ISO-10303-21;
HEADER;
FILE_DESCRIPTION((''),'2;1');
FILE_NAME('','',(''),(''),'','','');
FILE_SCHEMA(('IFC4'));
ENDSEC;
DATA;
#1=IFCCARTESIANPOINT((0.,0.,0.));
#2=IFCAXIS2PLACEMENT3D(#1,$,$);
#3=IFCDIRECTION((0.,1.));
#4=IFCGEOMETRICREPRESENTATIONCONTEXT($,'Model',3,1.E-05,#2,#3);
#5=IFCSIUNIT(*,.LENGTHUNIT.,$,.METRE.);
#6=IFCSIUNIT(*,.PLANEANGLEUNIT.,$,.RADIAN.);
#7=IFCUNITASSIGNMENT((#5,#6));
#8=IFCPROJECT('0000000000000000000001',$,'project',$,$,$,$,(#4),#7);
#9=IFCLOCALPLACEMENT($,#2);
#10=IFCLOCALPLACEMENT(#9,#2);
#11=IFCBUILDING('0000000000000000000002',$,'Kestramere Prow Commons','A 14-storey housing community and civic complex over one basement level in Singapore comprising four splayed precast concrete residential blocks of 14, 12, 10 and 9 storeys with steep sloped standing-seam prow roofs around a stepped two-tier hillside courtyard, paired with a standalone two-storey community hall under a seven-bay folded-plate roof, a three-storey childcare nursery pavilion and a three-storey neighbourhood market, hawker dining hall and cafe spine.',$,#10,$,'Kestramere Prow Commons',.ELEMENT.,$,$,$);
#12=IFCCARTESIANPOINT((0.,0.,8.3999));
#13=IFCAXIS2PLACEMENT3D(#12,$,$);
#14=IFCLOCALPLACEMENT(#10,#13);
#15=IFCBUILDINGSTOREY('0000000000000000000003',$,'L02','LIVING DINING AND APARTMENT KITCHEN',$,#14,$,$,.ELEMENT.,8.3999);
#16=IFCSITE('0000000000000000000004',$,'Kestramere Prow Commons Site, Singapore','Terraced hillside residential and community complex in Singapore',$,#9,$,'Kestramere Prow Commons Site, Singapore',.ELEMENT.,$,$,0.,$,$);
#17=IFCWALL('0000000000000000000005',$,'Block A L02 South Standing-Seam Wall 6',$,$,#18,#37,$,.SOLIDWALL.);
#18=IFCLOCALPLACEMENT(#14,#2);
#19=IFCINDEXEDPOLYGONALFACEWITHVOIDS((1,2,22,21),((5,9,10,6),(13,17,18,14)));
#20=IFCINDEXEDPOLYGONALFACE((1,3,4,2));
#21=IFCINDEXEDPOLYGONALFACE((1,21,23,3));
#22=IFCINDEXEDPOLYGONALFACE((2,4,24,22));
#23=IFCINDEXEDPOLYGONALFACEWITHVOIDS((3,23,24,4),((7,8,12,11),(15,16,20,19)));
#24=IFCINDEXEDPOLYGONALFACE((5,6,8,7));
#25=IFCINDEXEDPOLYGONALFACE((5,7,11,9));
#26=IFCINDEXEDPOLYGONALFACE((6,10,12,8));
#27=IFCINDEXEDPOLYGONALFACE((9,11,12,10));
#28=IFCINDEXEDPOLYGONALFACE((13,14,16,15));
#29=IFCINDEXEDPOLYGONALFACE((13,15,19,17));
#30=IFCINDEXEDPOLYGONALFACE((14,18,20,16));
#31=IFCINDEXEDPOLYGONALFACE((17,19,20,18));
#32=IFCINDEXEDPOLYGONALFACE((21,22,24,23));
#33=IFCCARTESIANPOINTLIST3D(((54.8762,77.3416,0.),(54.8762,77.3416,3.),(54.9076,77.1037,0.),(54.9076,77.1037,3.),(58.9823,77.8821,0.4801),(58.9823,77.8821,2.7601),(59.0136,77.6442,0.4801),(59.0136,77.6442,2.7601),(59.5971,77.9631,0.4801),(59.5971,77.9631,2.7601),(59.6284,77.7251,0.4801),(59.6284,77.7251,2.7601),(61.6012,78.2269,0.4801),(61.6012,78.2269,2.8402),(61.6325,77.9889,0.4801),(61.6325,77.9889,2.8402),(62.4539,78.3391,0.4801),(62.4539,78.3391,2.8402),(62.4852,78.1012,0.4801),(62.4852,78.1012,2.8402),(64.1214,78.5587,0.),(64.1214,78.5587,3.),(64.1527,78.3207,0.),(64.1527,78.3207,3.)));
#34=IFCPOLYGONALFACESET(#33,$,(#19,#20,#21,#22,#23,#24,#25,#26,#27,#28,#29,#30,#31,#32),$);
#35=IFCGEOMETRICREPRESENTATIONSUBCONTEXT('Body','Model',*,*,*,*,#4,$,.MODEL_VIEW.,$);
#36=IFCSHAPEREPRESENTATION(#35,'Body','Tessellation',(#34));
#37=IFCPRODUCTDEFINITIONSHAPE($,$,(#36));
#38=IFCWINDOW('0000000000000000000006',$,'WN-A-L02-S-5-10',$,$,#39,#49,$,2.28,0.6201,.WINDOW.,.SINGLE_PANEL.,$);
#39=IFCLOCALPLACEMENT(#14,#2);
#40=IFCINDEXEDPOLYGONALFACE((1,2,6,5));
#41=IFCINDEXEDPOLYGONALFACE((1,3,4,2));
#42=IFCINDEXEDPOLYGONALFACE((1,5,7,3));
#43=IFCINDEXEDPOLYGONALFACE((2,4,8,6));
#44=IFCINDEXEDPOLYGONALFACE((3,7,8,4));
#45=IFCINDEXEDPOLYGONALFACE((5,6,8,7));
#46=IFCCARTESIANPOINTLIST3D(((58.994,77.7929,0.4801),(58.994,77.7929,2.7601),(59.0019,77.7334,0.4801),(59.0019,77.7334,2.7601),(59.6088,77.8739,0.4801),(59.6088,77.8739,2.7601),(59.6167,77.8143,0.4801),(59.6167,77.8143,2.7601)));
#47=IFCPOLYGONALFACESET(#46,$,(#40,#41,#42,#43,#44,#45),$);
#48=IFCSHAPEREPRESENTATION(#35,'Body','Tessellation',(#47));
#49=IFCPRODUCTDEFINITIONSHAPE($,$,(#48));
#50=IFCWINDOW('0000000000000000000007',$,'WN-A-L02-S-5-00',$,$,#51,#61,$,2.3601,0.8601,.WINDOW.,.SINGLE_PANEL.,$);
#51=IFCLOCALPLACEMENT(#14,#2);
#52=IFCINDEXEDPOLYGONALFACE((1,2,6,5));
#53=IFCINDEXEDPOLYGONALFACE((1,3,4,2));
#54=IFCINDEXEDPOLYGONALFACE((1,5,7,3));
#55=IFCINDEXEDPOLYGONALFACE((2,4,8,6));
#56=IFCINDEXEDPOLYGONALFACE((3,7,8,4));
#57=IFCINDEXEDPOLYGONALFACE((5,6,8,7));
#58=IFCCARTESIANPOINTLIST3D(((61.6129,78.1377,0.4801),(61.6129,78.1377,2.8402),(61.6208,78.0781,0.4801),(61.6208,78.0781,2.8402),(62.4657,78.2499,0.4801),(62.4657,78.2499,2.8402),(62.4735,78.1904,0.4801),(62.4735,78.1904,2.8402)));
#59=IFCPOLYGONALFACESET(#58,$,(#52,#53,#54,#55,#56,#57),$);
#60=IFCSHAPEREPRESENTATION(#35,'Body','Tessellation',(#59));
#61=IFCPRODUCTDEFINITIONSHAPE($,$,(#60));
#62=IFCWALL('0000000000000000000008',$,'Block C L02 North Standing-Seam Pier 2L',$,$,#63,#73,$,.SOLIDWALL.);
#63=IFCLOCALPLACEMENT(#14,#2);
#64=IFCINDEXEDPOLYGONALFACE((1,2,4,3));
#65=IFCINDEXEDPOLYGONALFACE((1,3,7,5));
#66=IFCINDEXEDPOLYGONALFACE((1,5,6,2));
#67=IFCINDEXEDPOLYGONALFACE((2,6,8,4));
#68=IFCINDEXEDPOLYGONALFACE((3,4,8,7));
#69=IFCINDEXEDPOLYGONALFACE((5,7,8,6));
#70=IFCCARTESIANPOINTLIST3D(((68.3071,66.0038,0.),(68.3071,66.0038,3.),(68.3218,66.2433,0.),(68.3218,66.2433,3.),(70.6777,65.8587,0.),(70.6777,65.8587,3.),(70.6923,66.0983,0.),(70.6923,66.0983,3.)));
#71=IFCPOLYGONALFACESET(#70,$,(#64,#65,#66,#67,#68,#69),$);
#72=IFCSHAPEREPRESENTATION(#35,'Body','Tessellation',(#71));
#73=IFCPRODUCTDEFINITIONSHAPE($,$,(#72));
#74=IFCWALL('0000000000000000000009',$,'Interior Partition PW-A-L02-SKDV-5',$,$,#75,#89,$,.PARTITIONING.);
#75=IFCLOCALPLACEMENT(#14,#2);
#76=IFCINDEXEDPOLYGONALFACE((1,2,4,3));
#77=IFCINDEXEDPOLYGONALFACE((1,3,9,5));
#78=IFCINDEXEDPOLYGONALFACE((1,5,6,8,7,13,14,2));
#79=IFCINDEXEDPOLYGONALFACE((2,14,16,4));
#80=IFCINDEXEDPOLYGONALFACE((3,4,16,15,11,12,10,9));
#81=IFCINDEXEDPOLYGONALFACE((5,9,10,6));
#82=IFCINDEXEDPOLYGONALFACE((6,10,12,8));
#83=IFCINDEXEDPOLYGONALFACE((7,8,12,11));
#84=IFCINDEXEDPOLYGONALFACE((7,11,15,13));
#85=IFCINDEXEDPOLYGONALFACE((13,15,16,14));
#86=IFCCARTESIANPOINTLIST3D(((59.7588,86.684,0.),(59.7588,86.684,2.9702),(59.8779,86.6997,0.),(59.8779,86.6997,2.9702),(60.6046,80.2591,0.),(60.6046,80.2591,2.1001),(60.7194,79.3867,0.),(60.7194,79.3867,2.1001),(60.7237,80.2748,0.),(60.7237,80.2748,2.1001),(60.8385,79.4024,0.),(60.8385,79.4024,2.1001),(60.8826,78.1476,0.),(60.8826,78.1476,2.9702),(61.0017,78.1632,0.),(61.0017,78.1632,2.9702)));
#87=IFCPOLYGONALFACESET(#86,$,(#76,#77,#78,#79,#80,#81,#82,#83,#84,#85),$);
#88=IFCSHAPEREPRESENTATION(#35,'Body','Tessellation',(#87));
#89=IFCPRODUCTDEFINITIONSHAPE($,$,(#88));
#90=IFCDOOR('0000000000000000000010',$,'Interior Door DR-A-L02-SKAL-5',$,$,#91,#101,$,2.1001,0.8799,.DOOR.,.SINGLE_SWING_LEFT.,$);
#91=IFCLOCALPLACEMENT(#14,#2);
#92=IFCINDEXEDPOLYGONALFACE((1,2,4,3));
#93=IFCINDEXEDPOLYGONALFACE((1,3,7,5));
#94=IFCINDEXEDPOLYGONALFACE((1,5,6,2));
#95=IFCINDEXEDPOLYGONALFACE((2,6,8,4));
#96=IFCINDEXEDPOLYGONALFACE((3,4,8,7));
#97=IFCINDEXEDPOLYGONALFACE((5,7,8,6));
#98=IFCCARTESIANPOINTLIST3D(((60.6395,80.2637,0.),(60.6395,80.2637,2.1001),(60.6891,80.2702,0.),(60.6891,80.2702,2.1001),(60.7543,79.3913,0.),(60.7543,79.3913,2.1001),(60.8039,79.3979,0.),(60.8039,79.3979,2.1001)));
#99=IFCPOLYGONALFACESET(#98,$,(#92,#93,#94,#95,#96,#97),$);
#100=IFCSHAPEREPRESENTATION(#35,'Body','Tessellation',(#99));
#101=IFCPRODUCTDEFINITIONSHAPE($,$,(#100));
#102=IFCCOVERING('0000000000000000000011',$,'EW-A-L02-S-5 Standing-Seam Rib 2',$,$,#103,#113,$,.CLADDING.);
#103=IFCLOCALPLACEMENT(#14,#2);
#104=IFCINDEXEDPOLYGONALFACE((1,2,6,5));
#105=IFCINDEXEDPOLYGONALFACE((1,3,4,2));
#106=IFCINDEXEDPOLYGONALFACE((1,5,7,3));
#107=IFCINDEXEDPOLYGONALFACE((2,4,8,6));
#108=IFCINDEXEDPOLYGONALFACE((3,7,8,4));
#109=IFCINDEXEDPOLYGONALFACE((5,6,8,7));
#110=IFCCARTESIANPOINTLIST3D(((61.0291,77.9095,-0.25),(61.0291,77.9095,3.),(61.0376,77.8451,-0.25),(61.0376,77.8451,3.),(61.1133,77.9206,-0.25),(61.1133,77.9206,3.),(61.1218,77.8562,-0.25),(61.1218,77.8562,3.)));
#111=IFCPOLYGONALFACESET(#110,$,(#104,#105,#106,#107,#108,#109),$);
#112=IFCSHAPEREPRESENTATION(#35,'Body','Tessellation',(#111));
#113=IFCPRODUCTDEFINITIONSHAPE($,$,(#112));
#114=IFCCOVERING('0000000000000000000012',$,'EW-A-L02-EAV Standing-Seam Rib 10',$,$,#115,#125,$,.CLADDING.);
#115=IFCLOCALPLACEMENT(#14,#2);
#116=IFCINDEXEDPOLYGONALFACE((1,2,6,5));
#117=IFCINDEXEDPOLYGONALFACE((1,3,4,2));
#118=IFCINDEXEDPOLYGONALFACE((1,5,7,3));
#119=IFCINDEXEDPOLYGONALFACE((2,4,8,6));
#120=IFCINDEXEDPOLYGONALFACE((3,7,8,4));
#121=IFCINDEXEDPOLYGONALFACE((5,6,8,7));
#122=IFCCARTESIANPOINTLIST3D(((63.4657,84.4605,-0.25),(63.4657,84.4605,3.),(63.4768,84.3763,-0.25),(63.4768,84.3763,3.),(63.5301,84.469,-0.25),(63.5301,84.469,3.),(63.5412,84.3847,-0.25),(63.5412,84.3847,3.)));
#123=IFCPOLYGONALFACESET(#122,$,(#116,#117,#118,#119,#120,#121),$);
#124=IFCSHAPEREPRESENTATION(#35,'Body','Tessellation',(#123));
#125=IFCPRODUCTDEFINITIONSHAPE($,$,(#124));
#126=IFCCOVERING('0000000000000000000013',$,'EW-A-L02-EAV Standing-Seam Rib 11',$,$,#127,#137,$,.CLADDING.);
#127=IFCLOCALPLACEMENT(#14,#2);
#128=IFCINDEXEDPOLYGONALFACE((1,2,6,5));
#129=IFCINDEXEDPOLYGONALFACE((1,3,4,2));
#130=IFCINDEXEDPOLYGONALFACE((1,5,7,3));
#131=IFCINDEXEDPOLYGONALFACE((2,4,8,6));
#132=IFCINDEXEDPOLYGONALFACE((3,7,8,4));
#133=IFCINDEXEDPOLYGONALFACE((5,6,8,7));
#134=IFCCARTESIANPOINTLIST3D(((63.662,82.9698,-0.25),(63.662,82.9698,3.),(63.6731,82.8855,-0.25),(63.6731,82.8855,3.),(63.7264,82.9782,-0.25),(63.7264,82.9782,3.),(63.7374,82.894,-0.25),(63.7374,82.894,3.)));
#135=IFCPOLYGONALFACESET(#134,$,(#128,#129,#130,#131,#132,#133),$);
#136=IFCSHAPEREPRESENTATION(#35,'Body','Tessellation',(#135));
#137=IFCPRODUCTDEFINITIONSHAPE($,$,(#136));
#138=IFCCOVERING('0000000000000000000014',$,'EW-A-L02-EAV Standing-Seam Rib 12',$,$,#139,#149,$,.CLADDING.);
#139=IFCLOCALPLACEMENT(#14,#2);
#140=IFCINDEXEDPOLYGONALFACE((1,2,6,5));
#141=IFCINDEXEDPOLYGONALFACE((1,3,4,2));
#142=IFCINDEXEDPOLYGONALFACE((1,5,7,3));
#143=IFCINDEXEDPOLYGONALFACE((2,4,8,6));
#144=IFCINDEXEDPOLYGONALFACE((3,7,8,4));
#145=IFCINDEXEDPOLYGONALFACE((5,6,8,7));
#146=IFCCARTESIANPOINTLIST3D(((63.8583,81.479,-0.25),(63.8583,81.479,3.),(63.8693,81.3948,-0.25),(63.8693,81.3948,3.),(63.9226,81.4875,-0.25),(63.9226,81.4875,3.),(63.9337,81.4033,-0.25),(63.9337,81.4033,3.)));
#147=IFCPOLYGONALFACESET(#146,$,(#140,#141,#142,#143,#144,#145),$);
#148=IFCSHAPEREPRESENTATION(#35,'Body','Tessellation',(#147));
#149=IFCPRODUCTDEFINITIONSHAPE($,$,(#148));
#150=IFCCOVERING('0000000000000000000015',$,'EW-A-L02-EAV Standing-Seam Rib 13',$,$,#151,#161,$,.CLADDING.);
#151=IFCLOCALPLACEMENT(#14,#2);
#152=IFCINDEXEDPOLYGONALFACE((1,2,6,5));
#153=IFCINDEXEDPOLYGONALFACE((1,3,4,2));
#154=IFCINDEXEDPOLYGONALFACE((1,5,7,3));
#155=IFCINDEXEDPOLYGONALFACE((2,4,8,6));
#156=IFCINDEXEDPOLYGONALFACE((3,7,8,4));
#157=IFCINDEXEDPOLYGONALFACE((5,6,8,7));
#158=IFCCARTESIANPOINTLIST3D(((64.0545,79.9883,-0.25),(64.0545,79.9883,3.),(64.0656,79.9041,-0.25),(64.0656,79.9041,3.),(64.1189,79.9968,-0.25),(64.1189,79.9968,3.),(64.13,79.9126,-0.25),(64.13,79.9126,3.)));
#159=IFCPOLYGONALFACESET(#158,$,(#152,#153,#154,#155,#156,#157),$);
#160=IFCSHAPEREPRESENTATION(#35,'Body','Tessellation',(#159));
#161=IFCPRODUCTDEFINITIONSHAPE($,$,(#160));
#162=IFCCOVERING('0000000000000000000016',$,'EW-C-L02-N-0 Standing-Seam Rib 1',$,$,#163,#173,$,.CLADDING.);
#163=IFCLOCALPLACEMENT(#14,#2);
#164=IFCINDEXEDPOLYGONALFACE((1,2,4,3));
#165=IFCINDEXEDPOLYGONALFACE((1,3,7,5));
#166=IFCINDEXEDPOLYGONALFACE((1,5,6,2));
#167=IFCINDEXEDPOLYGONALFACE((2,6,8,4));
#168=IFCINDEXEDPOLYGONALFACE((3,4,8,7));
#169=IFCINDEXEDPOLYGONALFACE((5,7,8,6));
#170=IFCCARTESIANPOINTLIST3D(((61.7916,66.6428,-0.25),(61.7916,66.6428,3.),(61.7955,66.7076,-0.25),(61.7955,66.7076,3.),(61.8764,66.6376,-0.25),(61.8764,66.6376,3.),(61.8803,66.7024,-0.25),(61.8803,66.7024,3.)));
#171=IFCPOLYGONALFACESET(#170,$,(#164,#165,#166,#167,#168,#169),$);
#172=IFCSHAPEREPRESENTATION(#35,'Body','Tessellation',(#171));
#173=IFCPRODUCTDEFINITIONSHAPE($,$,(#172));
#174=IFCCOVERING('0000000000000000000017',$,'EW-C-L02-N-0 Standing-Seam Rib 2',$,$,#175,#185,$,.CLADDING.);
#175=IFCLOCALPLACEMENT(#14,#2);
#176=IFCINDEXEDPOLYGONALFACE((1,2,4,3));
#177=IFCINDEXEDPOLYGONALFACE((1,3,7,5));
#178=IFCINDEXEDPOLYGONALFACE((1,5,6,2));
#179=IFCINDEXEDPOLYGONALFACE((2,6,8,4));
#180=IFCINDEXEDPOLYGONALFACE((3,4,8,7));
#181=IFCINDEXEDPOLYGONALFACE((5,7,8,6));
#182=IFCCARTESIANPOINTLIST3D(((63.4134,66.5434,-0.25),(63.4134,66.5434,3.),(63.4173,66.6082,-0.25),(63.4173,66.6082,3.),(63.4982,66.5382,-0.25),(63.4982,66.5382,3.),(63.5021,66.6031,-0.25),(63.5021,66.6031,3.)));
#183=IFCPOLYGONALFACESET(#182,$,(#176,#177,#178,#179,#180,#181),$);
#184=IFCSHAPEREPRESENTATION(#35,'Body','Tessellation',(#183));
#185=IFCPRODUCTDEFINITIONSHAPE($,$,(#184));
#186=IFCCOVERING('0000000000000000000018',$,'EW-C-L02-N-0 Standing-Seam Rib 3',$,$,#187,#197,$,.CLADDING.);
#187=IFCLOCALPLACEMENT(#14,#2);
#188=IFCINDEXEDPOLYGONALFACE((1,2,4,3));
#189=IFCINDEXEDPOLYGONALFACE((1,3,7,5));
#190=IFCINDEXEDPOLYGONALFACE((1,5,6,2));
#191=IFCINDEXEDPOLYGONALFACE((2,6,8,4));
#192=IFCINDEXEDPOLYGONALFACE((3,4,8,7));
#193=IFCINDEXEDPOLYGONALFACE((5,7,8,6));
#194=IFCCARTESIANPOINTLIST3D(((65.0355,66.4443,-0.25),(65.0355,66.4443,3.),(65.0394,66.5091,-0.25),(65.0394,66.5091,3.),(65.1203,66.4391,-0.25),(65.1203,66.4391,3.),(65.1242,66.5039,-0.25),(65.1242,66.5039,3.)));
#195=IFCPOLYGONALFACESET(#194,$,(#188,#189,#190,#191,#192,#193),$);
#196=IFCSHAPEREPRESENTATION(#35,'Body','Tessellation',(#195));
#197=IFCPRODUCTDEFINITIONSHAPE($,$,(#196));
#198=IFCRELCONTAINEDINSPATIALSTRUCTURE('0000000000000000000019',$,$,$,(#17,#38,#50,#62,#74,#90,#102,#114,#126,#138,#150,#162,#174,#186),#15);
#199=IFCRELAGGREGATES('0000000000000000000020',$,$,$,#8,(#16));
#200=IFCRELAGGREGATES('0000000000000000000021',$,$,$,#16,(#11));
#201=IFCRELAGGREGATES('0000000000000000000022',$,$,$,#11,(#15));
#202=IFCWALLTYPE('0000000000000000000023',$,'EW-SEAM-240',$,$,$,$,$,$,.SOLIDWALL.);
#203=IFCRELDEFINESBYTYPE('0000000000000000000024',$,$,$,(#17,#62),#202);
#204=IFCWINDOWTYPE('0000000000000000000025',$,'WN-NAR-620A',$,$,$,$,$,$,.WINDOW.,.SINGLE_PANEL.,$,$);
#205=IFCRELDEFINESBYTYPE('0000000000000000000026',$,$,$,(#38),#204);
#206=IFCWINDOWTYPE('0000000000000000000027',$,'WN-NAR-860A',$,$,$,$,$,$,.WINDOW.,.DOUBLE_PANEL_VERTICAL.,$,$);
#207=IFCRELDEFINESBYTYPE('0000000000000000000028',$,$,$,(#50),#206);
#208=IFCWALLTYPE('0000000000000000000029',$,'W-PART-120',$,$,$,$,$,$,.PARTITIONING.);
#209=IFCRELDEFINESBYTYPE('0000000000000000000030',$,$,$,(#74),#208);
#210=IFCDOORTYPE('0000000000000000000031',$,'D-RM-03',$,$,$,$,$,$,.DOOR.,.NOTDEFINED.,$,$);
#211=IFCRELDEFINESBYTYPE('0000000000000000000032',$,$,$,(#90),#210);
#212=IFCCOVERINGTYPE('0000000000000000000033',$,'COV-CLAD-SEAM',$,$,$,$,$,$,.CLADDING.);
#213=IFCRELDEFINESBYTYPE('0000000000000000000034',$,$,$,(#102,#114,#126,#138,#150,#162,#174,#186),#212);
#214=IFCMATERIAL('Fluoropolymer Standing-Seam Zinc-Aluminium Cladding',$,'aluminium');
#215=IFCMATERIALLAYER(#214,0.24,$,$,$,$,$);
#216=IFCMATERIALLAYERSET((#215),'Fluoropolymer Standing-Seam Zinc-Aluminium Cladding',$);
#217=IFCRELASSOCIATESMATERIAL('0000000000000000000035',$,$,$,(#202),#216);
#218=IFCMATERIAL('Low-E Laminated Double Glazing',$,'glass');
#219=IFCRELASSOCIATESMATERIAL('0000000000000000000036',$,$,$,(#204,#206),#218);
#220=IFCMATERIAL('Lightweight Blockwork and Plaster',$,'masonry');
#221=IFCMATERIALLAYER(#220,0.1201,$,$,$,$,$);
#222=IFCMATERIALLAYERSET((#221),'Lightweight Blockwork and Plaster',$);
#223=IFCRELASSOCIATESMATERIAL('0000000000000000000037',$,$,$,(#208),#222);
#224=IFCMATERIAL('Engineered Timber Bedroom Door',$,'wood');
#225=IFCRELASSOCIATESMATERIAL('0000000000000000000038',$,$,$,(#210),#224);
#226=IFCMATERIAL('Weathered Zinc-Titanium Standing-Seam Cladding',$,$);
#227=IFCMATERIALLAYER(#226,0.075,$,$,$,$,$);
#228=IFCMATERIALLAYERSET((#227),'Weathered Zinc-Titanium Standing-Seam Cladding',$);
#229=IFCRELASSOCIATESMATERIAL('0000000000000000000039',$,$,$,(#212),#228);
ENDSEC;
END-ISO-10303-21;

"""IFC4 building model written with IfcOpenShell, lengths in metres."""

from ifc_helpers import new_model, si_unit, direction, frame, frame_2d, origin, origin_2d, place, context, subcontext, project, spatial, rectangle, extrude, material, layer, layer_set, type_object, element, fill, save


model = new_model("IFC4")

# Units and contexts
model_context = context("Model", 3, precision=1e-05, world=origin(), true_north=direction((0.0, 1.0)))
body_context = subcontext(model_context, "Body", "Model", "MODEL_VIEW")
ifc_project = project(units=[si_unit("LENGTHUNIT", "METRE"), si_unit("PLANEANGLEUNIT", "RADIAN")], contexts=[model_context])

# Site, building, storey
site_placement = place(None, origin())
site = spatial("IfcSite", under=ifc_project, at=site_placement, Name="Kestramere Prow Commons Site, Singapore", Description="Terraced hillside residential and community complex in Singapore", LongName="Kestramere Prow Commons Site, Singapore", CompositionType="ELEMENT", RefElevation=0.0)
building_placement = place(site_placement, origin())
building = spatial("IfcBuilding", under=site, at=building_placement, Name="Kestramere Prow Commons", Description="A 14-storey housing community and civic complex over one basement level in Singapore comprising four splayed precast concrete residential blocks of 14, 12, 10 and 9 storeys with steep sloped standing-seam prow roofs around a stepped two-tier hillside courtyard, paired with a standalone two-storey community hall under a seven-bay folded-plate roof, a three-storey childcare nursery pavilion and a three-storey neighbourhood market, hawker dining hall and cafe spine.", LongName="Kestramere Prow Commons", CompositionType="ELEMENT")
storey_placement = place(building_placement, frame((0.0, 0.0, 8.3999)))
storey = spatial("IfcBuildingStorey", under=building, at=storey_placement, Name="L02", Description="LIVING DINING AND APARTMENT KITCHEN", CompositionType="ELEMENT", Elevation=8.3999)

# Wall, openings, windows
ifc_material_1 = material(Name="Fluoropolymer Standing-Seam Zinc-Aluminium Cladding", Category="aluminium")
ifc_layer_1 = layer(ifc_material_1, 0.24)
ifc_layer_set_1 = layer_set([ifc_layer_1], Name="Fluoropolymer Standing-Seam Zinc-Aluminium Cladding")
wall_type_1 = type_object("IfcWallType", Name="EW-SEAM-240", PredefinedType="SOLIDWALL", material=ifc_layer_set_1)
wall_1_placement = place(storey_placement, frame((64.1372, 78.4397, 0.0), z_axis=(0.0, 0.0, 1.0), x_axis=(-0.991446, -0.130515, 0.0)))
wall_1 = element("IfcWall", 1, at=wall_1_placement, inside=storey, type_object=wall_type_1, Name="Block A L02 South Standing-Seam Wall 6", PredefinedType="SOLIDWALL", context=body_context, shape_type="SweptSolid", body=[
    extrude(rectangle(XDim=9.325, YDim=0.24, at=frame_2d((4.6626, 0.0))), origin(), (0.0, 0.0, 1.0), 3.0),
])
opening_1_placement = place(wall_1_placement, frame((1.6819, 0.0, 0.48)))
opening_1 = element("IfcOpeningElement", 2, at=opening_1_placement, cuts=wall_1, PredefinedType="OPENING", context=body_context, shape_type="SweptSolid", body=[
    extrude(rectangle(XDim=0.8601, YDim=2.3601, at=frame_2d((0.4302, 1.1802))), frame((0.0, 0.135, 0.0), z_axis=(0.0, -1.0, 0.0), x_axis=(1.0, 0.0, 0.0)), (0.0, 0.0, 1.0), 0.27),
])
opening_2_placement = place(wall_1_placement, frame((4.5635, 0.0, 0.48)))
opening_2 = element("IfcOpeningElement", 3, at=opening_2_placement, cuts=wall_1, PredefinedType="OPENING", context=body_context, shape_type="SweptSolid", body=[
    extrude(rectangle(XDim=0.6201, YDim=2.28, at=frame_2d((0.3101, 1.1401))), frame((0.0, 0.135, 0.0), z_axis=(0.0, -1.0, 0.0), x_axis=(1.0, 0.0, 0.0)), (0.0, 0.0, 1.0), 0.27),
])
ifc_material_2 = material(Name="Low-E Laminated Double Glazing", Category="glass")
window_type_1 = type_object("IfcWindowType", Name="WN-NAR-620A", PartitioningType="SINGLE_PANEL", PredefinedType="WINDOW", material=ifc_material_2)
window_1_placement = place(opening_2_placement, origin())
window_1 = element("IfcWindow", 4, at=window_1_placement, inside=storey, type_object=window_type_1, Name="WN-A-L02-S-5-10", OverallHeight=2.28, OverallWidth=0.6201, PartitioningType="SINGLE_PANEL", PredefinedType="WINDOW", context=body_context, shape_type="SweptSolid", body=[
    extrude(rectangle(XDim=0.6201, YDim=2.28, at=frame_2d((0.3101, 1.1401))), frame((0.0, 0.03, 0.0), z_axis=(0.0, -1.0, 0.0), x_axis=(1.0, 0.0, 0.0)), (0.0, 0.0, 1.0), 0.0601),
])
fill(opening_2, window_1)
window_type_2 = type_object("IfcWindowType", Name="WN-NAR-860A", PartitioningType="DOUBLE_PANEL_VERTICAL", PredefinedType="WINDOW", material=ifc_material_2)
window_2_placement = place(opening_1_placement, origin())
window_2 = element("IfcWindow", 5, at=window_2_placement, inside=storey, type_object=window_type_2, Name="WN-A-L02-S-5-00", OverallHeight=2.3601, OverallWidth=0.8601, PartitioningType="SINGLE_PANEL", PredefinedType="WINDOW", context=body_context, shape_type="SweptSolid", body=[
    extrude(rectangle(XDim=0.8601, YDim=2.3601, at=frame_2d((0.4302, 1.1802))), frame((0.0, 0.03, 0.0), z_axis=(0.0, -1.0, 0.0), x_axis=(1.0, 0.0, 0.0)), (0.0, 0.0, 1.0), 0.0601),
])
fill(opening_1, window_2)

# Wall
wall_2_placement = place(storey_placement, frame((68.3145, 66.1235, 0.0), z_axis=(0.0, 0.0, 1.0), x_axis=(0.998134, -0.06106, 0.0)))
element("IfcWall", 6, at=wall_2_placement, inside=storey, type_object=wall_type_1, Name="Block C L02 North Standing-Seam Pier 2L", PredefinedType="SOLIDWALL", context=body_context, shape_type="SweptSolid", body=[
    extrude(rectangle(XDim=2.375, YDim=0.24, at=frame_2d((1.1875, 0.0))), origin(), (0.0, 0.0, 1.0), 3.0),
])

# Wall, opening, door
ifc_material_3 = material(Name="Lightweight Blockwork and Plaster", Category="masonry")
ifc_layer_2 = layer(ifc_material_3, 0.1201)
ifc_layer_set_2 = layer_set([ifc_layer_2], Name="Lightweight Blockwork and Plaster")
wall_type_2 = type_object("IfcWallType", Name="W-PART-120", PredefinedType="PARTITIONING", material=ifc_layer_set_2)
wall_3_placement = place(storey_placement, frame((60.9421, 78.1553, 0.0), z_axis=(0.0, 0.0, 1.0), x_axis=(-0.13052, 0.991446, 0.0)))
wall_3 = element("IfcWall", 7, at=wall_3_placement, inside=storey, type_object=wall_type_2, Name="Interior Partition PW-A-L02-SKDV-5", PredefinedType="PARTITIONING", context=body_context, shape_type="SweptSolid", body=[
    extrude(rectangle(XDim=8.6101, YDim=0.1201, at=frame_2d((4.3052, 0.0))), origin(), (0.0, 0.0, 1.0), 2.9702),
])
opening_3_placement = place(wall_3_placement, frame((1.25, 0.0, 0.0)))
opening_3 = element("IfcOpeningElement", 8, at=opening_3_placement, cuts=wall_3, PredefinedType="OPENING", context=body_context, shape_type="SweptSolid", body=[
    extrude(rectangle(XDim=0.8799, YDim=2.1001, at=frame_2d((0.4399, 1.05))), frame((0.0, 0.075, 0.0), z_axis=(0.0, -1.0, 0.0), x_axis=(1.0, 0.0, 0.0)), (0.0, 0.0, 1.0), 0.1501),
])
ifc_material_4 = material(Name="Engineered Timber Bedroom Door", Category="wood")
door_type = type_object("IfcDoorType", Name="D-RM-03", OperationType="NOTDEFINED", PredefinedType="DOOR", material=ifc_material_4)
door_placement = place(opening_3_placement, origin())
door = element("IfcDoor", 9, at=door_placement, inside=storey, type_object=door_type, Name="Interior Door DR-A-L02-SKAL-5", OperationType="SINGLE_SWING_LEFT", OverallHeight=2.1001, OverallWidth=0.8799, PredefinedType="DOOR", context=body_context, shape_type="SweptSolid", body=[
    extrude(rectangle(XDim=0.8799, YDim=2.1001, at=frame_2d((0.4399, 1.05))), frame((0.0, 0.0249, 0.0), z_axis=(0.0, -1.0, 0.0), x_axis=(1.0, 0.0, 0.0)), (0.0, 0.0, 1.0), 0.05),
])
fill(opening_3, door)

# Coverings
ifc_material_5 = material(Name="Weathered Zinc-Titanium Standing-Seam Cladding")
ifc_layer_3 = layer(ifc_material_5, 0.075)
ifc_layer_set_3 = layer_set([ifc_layer_3], Name="Weathered Zinc-Titanium Standing-Seam Cladding")
covering_type = type_object("IfcCoveringType", Name="COV-CLAD-SEAM", PredefinedType="CLADDING", material=ifc_layer_set_3)
for number, where, z_axis, x_axis, name in (
    (10, (61.0754, 77.8828, -0.25), (0.0, 0.0, 1.0), (-0.991445, -0.130526, 0.0), "EW-A-L02-S-5 Standing-Seam Rib 2"),
    (11, (63.5034, 84.4226, -0.25), (0.0, 0.0, 1.0), (0.130526, -0.991445, 0.0), "EW-A-L02-EAV Standing-Seam Rib 10"),
    (12, (63.6997, 82.9319, -0.25), (0.0, 0.0, 1.0), (0.130526, -0.991445, 0.0), "EW-A-L02-EAV Standing-Seam Rib 11"),
    (13, (63.896, 81.4412, -0.25), (0.0, 0.0, 1.0), (0.130526, -0.991445, 0.0), "EW-A-L02-EAV Standing-Seam Rib 12"),
    (14, (64.0923, 79.9504, -0.25), (0.0, 0.0, 1.0), (0.130526, -0.991445, 0.0), "EW-A-L02-EAV Standing-Seam Rib 13"),
    (15, (61.8359, 66.6726, -0.25), (0.0, 0.0, 1.0), (0.998135, -0.061049, 0.0), "EW-C-L02-N-0 Standing-Seam Rib 1"),
    (16, (63.4578, 66.5732, -0.25), (0.0, 0.0, 1.0), (0.998135, -0.061049, 0.0), "EW-C-L02-N-0 Standing-Seam Rib 2"),
    (17, (65.0798, 66.4741, -0.25), (0.0, 0.0, 1.0), (0.998135, -0.061049, 0.0), "EW-C-L02-N-0 Standing-Seam Rib 3"),
):
    element("IfcCovering", number, at=place(storey_placement, frame(where, z_axis=z_axis, x_axis=x_axis)), inside=storey, type_object=covering_type, Name=name, PredefinedType="CLADDING", context=body_context, shape_type="SweptSolid", body=[
        extrude(rectangle(XDim=0.085, YDim=0.0649, at=origin_2d()), origin(), (0.0, 0.0, 1.0), 3.25),
    ])

save(model, "model.ifc")
